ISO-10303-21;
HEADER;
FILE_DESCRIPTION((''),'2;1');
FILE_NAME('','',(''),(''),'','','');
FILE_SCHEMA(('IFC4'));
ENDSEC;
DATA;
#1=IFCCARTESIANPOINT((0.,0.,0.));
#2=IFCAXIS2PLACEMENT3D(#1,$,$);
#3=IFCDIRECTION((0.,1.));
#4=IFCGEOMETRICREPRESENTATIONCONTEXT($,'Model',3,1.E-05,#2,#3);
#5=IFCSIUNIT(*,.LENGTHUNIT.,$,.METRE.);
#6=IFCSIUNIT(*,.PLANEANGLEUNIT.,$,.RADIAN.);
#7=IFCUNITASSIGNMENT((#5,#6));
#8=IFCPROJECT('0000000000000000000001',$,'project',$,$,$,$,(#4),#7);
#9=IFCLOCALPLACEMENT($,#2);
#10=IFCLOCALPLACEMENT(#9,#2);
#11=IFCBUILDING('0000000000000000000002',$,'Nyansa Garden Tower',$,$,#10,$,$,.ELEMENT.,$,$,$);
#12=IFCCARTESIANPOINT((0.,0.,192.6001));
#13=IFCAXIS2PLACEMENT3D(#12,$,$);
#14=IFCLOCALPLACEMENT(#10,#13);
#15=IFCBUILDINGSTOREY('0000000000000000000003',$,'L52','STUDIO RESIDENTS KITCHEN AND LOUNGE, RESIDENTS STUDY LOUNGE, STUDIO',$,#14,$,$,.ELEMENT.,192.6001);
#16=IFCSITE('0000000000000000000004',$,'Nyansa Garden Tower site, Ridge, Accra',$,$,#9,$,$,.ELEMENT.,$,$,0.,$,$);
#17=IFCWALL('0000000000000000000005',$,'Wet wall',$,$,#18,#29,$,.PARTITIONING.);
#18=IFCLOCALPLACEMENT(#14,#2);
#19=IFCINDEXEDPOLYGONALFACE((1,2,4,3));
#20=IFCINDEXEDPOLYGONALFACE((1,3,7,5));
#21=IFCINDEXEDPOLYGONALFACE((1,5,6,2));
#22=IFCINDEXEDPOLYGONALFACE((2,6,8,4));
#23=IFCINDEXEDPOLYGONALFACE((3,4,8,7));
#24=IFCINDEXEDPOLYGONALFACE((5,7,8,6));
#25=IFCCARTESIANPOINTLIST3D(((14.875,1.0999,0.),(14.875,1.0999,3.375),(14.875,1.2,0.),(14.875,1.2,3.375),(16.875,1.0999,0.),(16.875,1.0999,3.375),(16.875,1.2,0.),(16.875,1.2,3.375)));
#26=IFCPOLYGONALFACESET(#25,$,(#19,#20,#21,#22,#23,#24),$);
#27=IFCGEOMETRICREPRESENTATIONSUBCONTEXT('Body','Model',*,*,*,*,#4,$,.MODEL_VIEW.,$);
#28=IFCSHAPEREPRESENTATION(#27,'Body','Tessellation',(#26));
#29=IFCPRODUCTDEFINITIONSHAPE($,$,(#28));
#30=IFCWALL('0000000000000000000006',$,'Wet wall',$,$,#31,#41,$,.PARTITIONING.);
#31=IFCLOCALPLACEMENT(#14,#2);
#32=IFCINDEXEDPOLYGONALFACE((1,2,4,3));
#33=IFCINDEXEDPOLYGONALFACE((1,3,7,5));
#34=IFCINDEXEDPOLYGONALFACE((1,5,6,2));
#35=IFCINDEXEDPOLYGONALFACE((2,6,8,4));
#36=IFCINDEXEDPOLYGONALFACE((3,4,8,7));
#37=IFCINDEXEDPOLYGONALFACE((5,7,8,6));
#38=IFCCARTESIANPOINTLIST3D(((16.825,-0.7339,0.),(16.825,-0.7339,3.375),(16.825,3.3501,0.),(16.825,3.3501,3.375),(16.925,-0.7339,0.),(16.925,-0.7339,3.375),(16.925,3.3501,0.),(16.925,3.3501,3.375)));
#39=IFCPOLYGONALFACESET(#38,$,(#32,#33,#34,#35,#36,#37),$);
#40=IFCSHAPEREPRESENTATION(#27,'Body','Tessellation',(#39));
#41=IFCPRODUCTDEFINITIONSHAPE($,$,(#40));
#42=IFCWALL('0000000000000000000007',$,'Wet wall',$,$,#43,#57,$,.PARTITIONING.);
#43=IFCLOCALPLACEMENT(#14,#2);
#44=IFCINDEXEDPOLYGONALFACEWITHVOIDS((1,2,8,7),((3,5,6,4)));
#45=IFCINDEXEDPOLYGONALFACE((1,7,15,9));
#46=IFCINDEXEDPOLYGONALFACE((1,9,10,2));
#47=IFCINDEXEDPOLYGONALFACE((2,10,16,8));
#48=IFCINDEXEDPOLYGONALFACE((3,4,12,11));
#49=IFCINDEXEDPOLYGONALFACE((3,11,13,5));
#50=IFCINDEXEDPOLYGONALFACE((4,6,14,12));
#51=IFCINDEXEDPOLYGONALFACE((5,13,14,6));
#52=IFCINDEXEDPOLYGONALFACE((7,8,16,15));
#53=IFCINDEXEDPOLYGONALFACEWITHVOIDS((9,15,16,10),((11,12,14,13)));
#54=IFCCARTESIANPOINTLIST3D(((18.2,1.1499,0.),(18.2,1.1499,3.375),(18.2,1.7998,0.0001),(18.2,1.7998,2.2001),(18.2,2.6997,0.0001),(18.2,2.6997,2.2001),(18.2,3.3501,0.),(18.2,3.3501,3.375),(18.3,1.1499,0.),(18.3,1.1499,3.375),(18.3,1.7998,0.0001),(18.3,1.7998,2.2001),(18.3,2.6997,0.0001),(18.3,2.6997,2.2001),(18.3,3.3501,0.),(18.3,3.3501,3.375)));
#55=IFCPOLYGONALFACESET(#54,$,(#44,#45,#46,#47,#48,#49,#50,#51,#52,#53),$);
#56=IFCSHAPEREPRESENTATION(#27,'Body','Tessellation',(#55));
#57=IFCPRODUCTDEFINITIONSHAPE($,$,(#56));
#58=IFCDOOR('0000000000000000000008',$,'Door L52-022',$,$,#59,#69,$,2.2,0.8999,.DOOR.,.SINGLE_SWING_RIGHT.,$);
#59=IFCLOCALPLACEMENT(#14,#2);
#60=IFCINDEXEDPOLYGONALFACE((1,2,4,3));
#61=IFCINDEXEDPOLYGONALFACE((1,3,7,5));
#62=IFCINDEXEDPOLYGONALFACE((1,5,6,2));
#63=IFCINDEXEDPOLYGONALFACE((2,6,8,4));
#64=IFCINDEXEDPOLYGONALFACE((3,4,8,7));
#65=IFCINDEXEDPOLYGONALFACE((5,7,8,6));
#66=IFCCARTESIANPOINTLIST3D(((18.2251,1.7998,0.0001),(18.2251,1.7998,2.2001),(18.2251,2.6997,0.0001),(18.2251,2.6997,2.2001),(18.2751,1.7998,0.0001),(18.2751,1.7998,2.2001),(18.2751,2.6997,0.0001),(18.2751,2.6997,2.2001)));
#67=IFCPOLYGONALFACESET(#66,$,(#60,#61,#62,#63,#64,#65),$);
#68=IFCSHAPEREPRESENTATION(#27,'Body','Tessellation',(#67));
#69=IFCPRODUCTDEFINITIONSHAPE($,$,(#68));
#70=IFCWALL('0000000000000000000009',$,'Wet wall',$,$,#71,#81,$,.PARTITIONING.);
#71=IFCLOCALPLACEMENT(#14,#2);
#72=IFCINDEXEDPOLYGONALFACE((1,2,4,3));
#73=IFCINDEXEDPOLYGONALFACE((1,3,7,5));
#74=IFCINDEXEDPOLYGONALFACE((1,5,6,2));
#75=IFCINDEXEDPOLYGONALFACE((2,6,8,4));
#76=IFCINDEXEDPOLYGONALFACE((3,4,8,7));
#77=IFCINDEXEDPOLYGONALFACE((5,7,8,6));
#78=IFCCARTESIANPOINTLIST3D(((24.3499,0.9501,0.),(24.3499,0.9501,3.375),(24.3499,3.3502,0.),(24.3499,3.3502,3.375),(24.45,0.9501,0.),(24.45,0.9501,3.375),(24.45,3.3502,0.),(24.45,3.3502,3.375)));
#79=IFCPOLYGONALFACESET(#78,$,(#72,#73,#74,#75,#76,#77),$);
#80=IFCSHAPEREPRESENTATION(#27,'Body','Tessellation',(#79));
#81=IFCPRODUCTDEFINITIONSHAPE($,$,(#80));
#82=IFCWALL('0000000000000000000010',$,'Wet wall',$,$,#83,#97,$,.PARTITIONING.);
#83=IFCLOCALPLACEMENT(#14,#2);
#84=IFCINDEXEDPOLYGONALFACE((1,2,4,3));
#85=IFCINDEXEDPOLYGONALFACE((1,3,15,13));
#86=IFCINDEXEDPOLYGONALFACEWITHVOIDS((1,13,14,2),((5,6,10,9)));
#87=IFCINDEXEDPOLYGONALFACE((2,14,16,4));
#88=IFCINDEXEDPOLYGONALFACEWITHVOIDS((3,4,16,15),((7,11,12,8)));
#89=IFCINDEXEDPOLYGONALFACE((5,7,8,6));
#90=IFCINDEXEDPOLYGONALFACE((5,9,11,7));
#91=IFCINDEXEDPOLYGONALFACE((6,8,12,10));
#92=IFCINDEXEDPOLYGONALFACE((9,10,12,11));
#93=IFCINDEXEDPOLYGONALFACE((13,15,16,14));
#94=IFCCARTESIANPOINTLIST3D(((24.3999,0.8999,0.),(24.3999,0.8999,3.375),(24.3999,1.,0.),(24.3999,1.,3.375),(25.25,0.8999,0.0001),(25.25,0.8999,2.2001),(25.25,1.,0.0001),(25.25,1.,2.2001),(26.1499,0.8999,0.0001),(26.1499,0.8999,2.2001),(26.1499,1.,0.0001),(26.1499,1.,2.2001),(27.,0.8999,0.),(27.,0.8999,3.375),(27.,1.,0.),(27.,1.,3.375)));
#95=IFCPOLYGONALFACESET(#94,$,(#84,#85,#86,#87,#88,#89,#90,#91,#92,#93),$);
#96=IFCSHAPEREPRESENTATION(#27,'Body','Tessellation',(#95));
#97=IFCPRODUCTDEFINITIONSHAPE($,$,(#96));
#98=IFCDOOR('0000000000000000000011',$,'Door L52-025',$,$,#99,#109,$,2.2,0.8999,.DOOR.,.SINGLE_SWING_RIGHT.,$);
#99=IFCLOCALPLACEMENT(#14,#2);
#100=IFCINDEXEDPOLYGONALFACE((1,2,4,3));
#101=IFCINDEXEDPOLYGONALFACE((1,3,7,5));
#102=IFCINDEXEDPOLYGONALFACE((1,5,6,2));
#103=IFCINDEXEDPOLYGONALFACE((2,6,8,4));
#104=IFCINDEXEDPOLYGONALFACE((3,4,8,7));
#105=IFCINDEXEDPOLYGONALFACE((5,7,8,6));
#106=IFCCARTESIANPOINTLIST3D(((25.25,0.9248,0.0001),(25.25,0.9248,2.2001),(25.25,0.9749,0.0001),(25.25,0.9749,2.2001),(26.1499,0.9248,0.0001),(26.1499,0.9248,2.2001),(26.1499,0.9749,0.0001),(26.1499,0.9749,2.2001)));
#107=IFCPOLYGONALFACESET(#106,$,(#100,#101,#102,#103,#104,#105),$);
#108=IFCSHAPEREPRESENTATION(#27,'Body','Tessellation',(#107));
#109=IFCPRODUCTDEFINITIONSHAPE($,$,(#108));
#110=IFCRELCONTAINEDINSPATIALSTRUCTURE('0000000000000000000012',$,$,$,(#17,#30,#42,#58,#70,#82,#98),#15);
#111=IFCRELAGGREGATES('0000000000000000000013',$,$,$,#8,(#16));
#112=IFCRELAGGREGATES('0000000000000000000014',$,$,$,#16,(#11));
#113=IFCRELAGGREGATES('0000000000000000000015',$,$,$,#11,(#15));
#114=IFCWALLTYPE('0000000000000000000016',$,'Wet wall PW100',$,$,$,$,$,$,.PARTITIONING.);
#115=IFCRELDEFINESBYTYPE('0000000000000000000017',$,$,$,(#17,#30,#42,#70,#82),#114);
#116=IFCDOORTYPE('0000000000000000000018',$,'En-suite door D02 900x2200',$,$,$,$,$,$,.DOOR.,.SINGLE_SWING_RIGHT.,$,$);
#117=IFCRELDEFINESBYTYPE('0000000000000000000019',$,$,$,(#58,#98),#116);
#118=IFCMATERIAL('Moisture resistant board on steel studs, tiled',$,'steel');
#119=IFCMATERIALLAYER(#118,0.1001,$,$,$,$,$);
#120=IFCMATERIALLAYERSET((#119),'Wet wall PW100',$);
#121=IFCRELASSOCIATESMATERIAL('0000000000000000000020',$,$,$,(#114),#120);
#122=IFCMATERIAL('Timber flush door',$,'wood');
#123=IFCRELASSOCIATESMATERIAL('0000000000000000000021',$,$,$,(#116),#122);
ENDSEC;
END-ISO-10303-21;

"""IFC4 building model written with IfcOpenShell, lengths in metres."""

from ifc_helpers import new_model, si_unit, direction, frame, frame_2d, origin, place, context, subcontext, project, spatial, rectangle, extrude, material, layer, layer_set, type_object, element, fill, save


model = new_model("IFC4")

# Units and contexts
model_context = context("Model", 3, precision=1e-05, world=origin(), true_north=direction((0.0, 1.0)))
body_context = subcontext(model_context, "Body", "Model", "MODEL_VIEW")
ifc_project = project(units=[si_unit("LENGTHUNIT", "METRE"), si_unit("PLANEANGLEUNIT", "RADIAN")], contexts=[model_context])

# Site, building, storey
site_placement = place(None, origin())
site = spatial("IfcSite", under=ifc_project, at=site_placement, Name="Nyansa Garden Tower site, Ridge, Accra", CompositionType="ELEMENT", RefElevation=0.0)
building_placement = place(site_placement, origin())
building = spatial("IfcBuilding", under=site, at=building_placement, Name="Nyansa Garden Tower", CompositionType="ELEMENT")
storey_placement = place(building_placement, frame((0.0, 0.0, 192.6001)))
storey = spatial("IfcBuildingStorey", under=building, at=storey_placement, Name="L52", Description="STUDIO RESIDENTS KITCHEN AND LOUNGE, RESIDENTS STUDY LOUNGE, STUDIO", CompositionType="ELEMENT", Elevation=192.6001)

# Shared definitions
ifc_material_1 = material(Name="Moisture resistant board on steel studs, tiled", Category="steel")
ifc_layer_1 = layer(ifc_material_1, 0.1001)
ifc_layer_set_1 = layer_set([ifc_layer_1], Name="Wet wall PW100")
wall_type_1 = type_object("IfcWallType", Name="Wet wall PW100", PredefinedType="PARTITIONING", material=ifc_layer_set_1)
ifc_material_2 = material(Name="Timber flush door", Category="wood")
door_type_1 = type_object("IfcDoorType", Name="En-suite door D02 900x2200", OperationType="SINGLE_SWING_RIGHT", PredefinedType="DOOR", material=ifc_material_2)

# Walls
wall_1_placement = place(storey_placement, frame((14.875, 1.1499, 0.0), z_axis=(0.0, 0.0, 1.0), x_axis=(1.0, 0.0, 0.0)))
element("IfcWall", 1, at=wall_1_placement, inside=storey, type_object=wall_type_1, Name="Wet wall", PredefinedType="PARTITIONING", context=body_context, shape_type="SweptSolid", body=[
    extrude(rectangle(XDim=2.0, YDim=0.1001, at=frame_2d((1.0, 0.0))), origin(), (0.0, 0.0, 1.0), 3.375),
])
wall_2_placement = place(storey_placement, frame((16.875, -0.7339, 0.0), z_axis=(0.0, 0.0, 1.0), x_axis=(0.0, 1.0, 0.0)))
element("IfcWall", 2, at=wall_2_placement, inside=storey, type_object=wall_type_1, Name="Wet wall", PredefinedType="PARTITIONING", context=body_context, shape_type="SweptSolid", body=[
    extrude(rectangle(XDim=4.084, YDim=0.1001, at=frame_2d((2.042, 0.0))), origin(), (0.0, 0.0, 1.0), 3.375),
])

# Wall, opening, door
wall_3_placement = place(storey_placement, frame((18.25, 1.1499, 0.0), z_axis=(0.0, 0.0, 1.0), x_axis=(0.0, 1.0, 0.0)))
wall_3 = element("IfcWall", 3, at=wall_3_placement, inside=storey, type_object=wall_type_1, Name="Wet wall", PredefinedType="PARTITIONING", context=body_context, shape_type="SweptSolid", body=[
    extrude(rectangle(XDim=2.2002, YDim=0.1001, at=frame_2d((1.1001, 0.0))), origin(), (0.0, 0.0, 1.0), 3.375),
])
opening_1_placement = place(wall_3_placement, frame((0.6499, 0.0, 0.0)))
opening_1 = element("IfcOpeningElement", 4, at=opening_1_placement, cuts=wall_3, PredefinedType="OPENING", context=body_context, shape_type="SweptSolid", body=[
    extrude(rectangle(XDim=0.8999, YDim=2.2, at=frame_2d((0.45, 1.1001))), frame((0.0, 0.0601, 0.0), z_axis=(0.0, -1.0, 0.0), x_axis=(1.0, 0.0, 0.0)), (0.0, 0.0, 1.0), 0.1201),
])
door_1_placement = place(opening_1_placement, origin())
door_1 = element("IfcDoor", 5, at=door_1_placement, inside=storey, type_object=door_type_1, Name="Door L52-022", OperationType="SINGLE_SWING_RIGHT", OverallHeight=2.2, OverallWidth=0.8999, PredefinedType="DOOR", context=body_context, shape_type="SweptSolid", body=[
    extrude(rectangle(XDim=0.8999, YDim=2.2, at=frame_2d((0.45, 1.1001))), frame((0.0, 0.0249, 0.0), z_axis=(0.0, -1.0, 0.0), x_axis=(1.0, 0.0, 0.0)), (0.0, 0.0, 1.0), 0.05),
])
fill(opening_1, door_1)

# Wall
wall_4_placement = place(storey_placement, frame((24.3999, 0.95, 0.0), z_axis=(0.0, 0.0, 1.0), x_axis=(0.0, 1.0, 0.0)))
element("IfcWall", 6, at=wall_4_placement, inside=storey, type_object=wall_type_1, Name="Wet wall", PredefinedType="PARTITIONING", context=body_context, shape_type="SweptSolid", body=[
    extrude(rectangle(XDim=2.4001, YDim=0.1001, at=frame_2d((1.2002, 0.0))), origin(), (0.0, 0.0, 1.0), 3.375),
])

# Wall, opening, door
wall_5_placement = place(storey_placement, frame((24.3999, 0.95, 0.0), z_axis=(0.0, 0.0, 1.0), x_axis=(1.0, 0.0, 0.0)))
wall_5 = element("IfcWall", 7, at=wall_5_placement, inside=storey, type_object=wall_type_1, Name="Wet wall", PredefinedType="PARTITIONING", context=body_context, shape_type="SweptSolid", body=[
    extrude(rectangle(XDim=2.6001, YDim=0.1001, at=frame_2d((1.3, 0.0))), origin(), (0.0, 0.0, 1.0), 3.375),
])
opening_2_placement = place(wall_5_placement, frame((0.8501, 0.0, 0.0)))
opening_2 = element("IfcOpeningElement", 8, at=opening_2_placement, cuts=wall_5, PredefinedType="OPENING", context=body_context, shape_type="SweptSolid", body=[
    extrude(rectangle(XDim=0.8999, YDim=2.2, at=frame_2d((0.45, 1.1001))), frame((0.0, 0.0601, 0.0), z_axis=(0.0, -1.0, 0.0), x_axis=(1.0, 0.0, 0.0)), (0.0, 0.0, 1.0), 0.1201),
])
door_2_placement = place(opening_2_placement, origin())
door_2 = element("IfcDoor", 9, at=door_2_placement, inside=storey, type_object=door_type_1, Name="Door L52-025", OperationType="SINGLE_SWING_RIGHT", OverallHeight=2.2, OverallWidth=0.8999, PredefinedType="DOOR", context=body_context, shape_type="SweptSolid", body=[
    extrude(rectangle(XDim=0.8999, YDim=2.2, at=frame_2d((0.45, 1.1001))), frame((0.0, 0.0249, 0.0), z_axis=(0.0, -1.0, 0.0), x_axis=(1.0, 0.0, 0.0)), (0.0, 0.0, 1.0), 0.05),
])
fill(opening_2, door_2)

save(model, "model.ifc")
